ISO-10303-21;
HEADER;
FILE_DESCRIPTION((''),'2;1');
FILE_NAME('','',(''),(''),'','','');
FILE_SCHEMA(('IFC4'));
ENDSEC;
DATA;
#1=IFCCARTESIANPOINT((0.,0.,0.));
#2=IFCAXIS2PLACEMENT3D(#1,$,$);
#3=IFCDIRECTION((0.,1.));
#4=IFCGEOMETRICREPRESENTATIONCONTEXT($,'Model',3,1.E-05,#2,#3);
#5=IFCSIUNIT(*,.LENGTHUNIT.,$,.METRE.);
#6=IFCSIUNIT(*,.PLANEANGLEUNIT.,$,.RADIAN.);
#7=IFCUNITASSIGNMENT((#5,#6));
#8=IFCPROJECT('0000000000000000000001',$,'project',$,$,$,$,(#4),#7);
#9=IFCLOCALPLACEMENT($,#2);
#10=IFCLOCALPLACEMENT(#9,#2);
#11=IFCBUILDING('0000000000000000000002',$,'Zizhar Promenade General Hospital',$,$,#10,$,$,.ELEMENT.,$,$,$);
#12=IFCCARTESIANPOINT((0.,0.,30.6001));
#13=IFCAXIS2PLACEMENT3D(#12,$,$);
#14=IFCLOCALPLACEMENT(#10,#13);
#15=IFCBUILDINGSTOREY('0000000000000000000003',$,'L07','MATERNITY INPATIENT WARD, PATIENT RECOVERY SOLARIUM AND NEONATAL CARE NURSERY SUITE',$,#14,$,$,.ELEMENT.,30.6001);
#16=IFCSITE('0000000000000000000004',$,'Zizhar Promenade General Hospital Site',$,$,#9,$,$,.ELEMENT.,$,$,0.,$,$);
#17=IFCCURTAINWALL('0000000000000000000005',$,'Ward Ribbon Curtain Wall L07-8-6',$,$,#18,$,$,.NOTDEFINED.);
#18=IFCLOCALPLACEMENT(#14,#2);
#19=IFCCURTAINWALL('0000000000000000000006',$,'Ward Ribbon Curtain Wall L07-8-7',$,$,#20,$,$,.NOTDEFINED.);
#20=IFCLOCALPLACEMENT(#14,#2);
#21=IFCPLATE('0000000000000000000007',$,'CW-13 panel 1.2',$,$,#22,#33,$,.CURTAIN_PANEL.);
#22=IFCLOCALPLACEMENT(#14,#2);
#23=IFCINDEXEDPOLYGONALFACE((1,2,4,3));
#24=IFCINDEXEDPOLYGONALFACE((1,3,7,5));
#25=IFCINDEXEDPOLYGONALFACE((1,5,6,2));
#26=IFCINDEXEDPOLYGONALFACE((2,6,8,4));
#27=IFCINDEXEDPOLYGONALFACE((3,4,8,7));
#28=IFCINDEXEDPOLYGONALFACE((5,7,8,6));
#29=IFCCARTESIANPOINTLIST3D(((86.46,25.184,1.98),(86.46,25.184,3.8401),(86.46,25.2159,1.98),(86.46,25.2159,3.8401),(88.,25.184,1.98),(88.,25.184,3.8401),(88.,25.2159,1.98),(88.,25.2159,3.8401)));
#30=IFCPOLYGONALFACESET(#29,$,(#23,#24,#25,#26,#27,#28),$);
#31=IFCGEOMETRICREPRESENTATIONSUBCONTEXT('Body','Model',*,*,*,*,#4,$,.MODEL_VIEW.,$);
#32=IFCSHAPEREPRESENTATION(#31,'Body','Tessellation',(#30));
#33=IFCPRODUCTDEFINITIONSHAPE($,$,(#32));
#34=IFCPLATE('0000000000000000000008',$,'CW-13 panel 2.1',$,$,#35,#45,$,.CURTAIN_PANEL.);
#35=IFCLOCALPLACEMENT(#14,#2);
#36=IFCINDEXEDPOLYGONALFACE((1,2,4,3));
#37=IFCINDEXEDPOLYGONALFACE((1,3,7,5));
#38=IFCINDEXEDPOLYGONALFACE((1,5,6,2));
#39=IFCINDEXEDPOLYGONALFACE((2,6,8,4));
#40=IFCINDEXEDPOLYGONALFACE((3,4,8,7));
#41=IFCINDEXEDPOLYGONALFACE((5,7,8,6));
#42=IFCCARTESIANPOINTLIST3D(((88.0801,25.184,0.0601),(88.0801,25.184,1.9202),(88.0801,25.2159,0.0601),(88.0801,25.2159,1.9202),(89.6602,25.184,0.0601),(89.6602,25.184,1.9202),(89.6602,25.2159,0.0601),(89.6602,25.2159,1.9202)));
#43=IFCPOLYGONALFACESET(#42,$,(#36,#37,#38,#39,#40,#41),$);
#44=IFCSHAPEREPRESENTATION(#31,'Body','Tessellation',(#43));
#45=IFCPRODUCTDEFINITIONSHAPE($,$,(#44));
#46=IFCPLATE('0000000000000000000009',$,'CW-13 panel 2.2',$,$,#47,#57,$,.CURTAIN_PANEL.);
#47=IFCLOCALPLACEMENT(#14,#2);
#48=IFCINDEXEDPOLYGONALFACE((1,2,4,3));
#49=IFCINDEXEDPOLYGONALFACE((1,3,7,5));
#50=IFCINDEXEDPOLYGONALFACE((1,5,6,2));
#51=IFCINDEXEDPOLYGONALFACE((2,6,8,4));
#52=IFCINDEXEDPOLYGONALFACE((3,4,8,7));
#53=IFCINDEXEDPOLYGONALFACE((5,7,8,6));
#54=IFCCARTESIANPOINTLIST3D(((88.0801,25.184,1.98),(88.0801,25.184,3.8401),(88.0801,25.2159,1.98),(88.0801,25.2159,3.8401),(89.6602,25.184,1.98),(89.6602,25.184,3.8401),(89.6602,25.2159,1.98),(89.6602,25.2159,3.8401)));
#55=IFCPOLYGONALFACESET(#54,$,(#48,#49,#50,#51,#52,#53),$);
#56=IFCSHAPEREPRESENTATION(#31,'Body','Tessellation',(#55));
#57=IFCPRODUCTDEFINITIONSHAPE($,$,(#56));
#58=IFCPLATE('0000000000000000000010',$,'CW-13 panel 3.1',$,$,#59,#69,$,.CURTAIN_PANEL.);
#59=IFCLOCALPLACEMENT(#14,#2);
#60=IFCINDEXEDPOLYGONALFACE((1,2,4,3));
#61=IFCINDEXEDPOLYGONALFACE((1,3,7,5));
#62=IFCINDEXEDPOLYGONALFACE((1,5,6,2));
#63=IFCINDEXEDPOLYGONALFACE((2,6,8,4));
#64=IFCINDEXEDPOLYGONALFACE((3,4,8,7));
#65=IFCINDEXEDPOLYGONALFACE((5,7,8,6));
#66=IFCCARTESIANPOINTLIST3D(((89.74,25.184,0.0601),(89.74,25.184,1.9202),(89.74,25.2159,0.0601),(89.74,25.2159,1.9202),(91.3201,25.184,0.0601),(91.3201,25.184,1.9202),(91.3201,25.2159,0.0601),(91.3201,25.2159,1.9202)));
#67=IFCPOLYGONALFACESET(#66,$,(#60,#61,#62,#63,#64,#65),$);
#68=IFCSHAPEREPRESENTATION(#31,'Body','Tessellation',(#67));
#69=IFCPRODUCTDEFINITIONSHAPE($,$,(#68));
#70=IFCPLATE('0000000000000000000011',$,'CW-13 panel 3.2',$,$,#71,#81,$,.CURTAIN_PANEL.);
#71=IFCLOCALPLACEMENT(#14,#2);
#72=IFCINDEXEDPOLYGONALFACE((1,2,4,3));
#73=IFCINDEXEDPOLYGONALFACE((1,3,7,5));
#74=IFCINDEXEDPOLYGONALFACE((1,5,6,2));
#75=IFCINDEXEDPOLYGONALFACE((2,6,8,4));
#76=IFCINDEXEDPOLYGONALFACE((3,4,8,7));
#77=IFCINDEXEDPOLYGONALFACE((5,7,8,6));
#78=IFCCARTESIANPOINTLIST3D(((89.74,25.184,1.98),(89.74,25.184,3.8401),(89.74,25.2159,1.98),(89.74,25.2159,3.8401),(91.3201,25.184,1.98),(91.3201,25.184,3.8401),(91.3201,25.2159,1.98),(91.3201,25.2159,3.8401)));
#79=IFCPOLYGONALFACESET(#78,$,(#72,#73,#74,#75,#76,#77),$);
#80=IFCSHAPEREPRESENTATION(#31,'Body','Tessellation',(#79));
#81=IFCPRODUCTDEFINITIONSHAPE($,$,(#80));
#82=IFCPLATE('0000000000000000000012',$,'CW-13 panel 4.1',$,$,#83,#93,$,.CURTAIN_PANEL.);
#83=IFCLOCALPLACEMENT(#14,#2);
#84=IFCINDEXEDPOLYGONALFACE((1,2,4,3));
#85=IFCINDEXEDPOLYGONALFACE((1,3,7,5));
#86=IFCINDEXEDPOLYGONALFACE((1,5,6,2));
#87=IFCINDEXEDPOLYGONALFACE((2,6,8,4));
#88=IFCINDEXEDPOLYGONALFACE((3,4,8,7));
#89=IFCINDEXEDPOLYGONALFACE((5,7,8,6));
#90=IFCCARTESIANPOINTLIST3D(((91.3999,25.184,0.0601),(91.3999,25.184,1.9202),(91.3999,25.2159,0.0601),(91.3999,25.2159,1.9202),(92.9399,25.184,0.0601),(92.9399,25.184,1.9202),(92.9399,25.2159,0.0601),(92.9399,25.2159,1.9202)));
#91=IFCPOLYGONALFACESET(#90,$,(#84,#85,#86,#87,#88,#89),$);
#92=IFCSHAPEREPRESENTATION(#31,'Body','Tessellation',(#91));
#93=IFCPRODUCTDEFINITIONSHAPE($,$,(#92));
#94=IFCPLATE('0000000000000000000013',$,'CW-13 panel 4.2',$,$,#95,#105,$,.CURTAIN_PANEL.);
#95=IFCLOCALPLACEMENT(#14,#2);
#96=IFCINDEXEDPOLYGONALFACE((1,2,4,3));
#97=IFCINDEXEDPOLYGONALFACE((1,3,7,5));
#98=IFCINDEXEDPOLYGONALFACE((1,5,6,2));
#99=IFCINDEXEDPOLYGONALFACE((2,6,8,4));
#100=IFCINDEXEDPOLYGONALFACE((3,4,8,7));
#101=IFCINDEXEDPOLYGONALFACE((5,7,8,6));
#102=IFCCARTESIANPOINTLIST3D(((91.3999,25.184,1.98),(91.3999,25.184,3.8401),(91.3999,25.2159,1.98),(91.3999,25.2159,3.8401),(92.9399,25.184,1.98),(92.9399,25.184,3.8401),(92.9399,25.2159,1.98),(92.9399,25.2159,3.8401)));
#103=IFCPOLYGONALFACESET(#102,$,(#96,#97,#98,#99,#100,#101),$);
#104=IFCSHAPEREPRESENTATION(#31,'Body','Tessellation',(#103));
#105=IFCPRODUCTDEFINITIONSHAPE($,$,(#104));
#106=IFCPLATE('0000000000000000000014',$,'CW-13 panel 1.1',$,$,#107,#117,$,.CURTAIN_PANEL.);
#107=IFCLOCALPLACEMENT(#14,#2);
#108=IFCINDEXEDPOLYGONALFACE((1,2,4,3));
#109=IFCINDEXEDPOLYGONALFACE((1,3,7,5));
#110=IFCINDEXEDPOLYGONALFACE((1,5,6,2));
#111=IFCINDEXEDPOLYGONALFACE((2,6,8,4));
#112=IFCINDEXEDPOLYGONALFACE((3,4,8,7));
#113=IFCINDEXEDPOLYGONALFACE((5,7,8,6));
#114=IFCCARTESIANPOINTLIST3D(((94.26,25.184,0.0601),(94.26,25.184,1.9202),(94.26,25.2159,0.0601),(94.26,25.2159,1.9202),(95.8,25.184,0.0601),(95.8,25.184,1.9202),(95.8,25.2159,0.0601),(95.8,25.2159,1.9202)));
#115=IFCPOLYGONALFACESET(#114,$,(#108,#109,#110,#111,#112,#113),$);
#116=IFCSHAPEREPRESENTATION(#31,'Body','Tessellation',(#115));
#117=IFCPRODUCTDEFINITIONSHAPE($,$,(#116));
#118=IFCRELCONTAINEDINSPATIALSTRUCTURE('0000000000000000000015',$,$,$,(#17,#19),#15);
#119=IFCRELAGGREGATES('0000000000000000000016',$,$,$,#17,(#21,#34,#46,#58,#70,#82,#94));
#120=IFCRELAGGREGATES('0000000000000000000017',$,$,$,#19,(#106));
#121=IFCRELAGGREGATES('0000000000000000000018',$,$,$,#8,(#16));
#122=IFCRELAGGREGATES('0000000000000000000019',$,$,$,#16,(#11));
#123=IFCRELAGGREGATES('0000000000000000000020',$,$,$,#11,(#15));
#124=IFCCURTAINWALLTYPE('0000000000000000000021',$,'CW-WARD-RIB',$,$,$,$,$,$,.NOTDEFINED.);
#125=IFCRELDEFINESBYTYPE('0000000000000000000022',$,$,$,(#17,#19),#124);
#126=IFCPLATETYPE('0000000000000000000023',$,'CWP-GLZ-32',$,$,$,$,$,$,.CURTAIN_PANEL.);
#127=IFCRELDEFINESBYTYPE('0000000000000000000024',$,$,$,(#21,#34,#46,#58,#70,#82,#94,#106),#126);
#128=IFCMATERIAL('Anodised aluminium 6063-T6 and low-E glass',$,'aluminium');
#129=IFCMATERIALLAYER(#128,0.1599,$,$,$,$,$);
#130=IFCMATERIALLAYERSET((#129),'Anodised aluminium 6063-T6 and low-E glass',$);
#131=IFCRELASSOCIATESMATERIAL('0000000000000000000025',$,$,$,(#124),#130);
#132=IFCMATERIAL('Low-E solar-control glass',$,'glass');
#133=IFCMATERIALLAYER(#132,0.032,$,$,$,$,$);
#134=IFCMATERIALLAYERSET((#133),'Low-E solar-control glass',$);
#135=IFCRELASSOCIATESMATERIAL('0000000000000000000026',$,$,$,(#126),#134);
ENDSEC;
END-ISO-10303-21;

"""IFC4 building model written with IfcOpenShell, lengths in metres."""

from ifc_helpers import new_model, si_unit, direction, frame, origin, origin_2d, place, context, subcontext, project, spatial, rectangle, extrude, material, layer, layer_set, type_object, element, aggregate, save


model = new_model("IFC4")

# Units and contexts
model_context = context("Model", 3, precision=1e-05, world=origin(), true_north=direction((0.0, 1.0)))
body_context = subcontext(model_context, "Body", "Model", "MODEL_VIEW")
ifc_project = project(units=[si_unit("LENGTHUNIT", "METRE"), si_unit("PLANEANGLEUNIT", "RADIAN")], contexts=[model_context])

# Site, building, storey
site_placement = place(None, origin())
site = spatial("IfcSite", under=ifc_project, at=site_placement, Name="Zizhar Promenade General Hospital Site", CompositionType="ELEMENT", RefElevation=0.0)
building_placement = place(site_placement, origin())
building = spatial("IfcBuilding", under=site, at=building_placement, Name="Zizhar Promenade General Hospital", CompositionType="ELEMENT")
storey_placement = place(building_placement, frame((0.0, 0.0, 30.6001)))
storey = spatial("IfcBuildingStorey", under=building, at=storey_placement, Name="L07", Description="MATERNITY INPATIENT WARD, PATIENT RECOVERY SOLARIUM AND NEONATAL CARE NURSERY SUITE", CompositionType="ELEMENT", Elevation=30.6001)

# Curtain wall
ifc_material_1 = material(Name="Anodised aluminium 6063-T6 and low-E glass", Category="aluminium")
ifc_layer_1 = layer(ifc_material_1, 0.1599)
ifc_layer_set_1 = layer_set([ifc_layer_1], Name="Anodised aluminium 6063-T6 and low-E glass")
curtain_wall_type = type_object("IfcCurtainWallType", Name="CW-WARD-RIB", PredefinedType="NOTDEFINED", material=ifc_layer_set_1)
curtain_wall_1_placement = place(storey_placement, origin())
curtain_wall_1 = element("IfcCurtainWall", 1, at=curtain_wall_1_placement, inside=storey, type_object=curtain_wall_type, Name="Ward Ribbon Curtain Wall L07-8-6", PredefinedType="NOTDEFINED")

# Curtain wall
curtain_wall_2_placement = place(storey_placement, origin())
curtain_wall_2 = element("IfcCurtainWall", 2, at=curtain_wall_2_placement, inside=storey, type_object=curtain_wall_type, Name="Ward Ribbon Curtain Wall L07-8-7", PredefinedType="NOTDEFINED")

# Plates
ifc_material_2 = material(Name="Low-E solar-control glass", Category="glass")
ifc_layer_2 = layer(ifc_material_2, 0.032)
ifc_layer_set_2 = layer_set([ifc_layer_2], Name="Low-E solar-control glass")
plate_type = type_object("IfcPlateType", Name="CWP-GLZ-32", PredefinedType="CURTAIN_PANEL", material=ifc_layer_set_2)
plate_1_placement = place(storey_placement, frame((87.23, 25.2, 1.98), z_axis=(0.0, 0.0, 1.0), x_axis=(1.0, 0.0, 0.0)))
plate_1 = element("IfcPlate", 3, at=plate_1_placement, type_object=plate_type, Name="CW-13 panel 1.2", PredefinedType="CURTAIN_PANEL", context=body_context, shape_type="SweptSolid", body=[
    extrude(rectangle(XDim=1.54, YDim=0.032, at=origin_2d()), origin(), (0.0, 0.0, 1.0), 1.8601),
])
plate_2_placement = place(storey_placement, frame((88.8701, 25.2, 0.0601), z_axis=(0.0, 0.0, 1.0), x_axis=(1.0, 0.0, 0.0)))
plate_2 = element("IfcPlate", 4, at=plate_2_placement, type_object=plate_type, Name="CW-13 panel 2.1", PredefinedType="CURTAIN_PANEL", context=body_context, shape_type="SweptSolid", body=[
    extrude(rectangle(XDim=1.5801, YDim=0.032, at=origin_2d()), origin(), (0.0, 0.0, 1.0), 1.8601),
])
plate_3_placement = place(storey_placement, frame((88.8701, 25.2, 1.98), z_axis=(0.0, 0.0, 1.0), x_axis=(1.0, 0.0, 0.0)))
plate_3 = element("IfcPlate", 5, at=plate_3_placement, type_object=plate_type, Name="CW-13 panel 2.2", PredefinedType="CURTAIN_PANEL", context=body_context, shape_type="SweptSolid", body=[
    extrude(rectangle(XDim=1.5801, YDim=0.032, at=origin_2d()), origin(), (0.0, 0.0, 1.0), 1.8601),
])
plate_4_placement = place(storey_placement, frame((90.53, 25.2, 0.0601), z_axis=(0.0, 0.0, 1.0), x_axis=(1.0, 0.0, 0.0)))
plate_4 = element("IfcPlate", 6, at=plate_4_placement, type_object=plate_type, Name="CW-13 panel 3.1", PredefinedType="CURTAIN_PANEL", context=body_context, shape_type="SweptSolid", body=[
    extrude(rectangle(XDim=1.5801, YDim=0.032, at=origin_2d()), origin(), (0.0, 0.0, 1.0), 1.8601),
])
plate_5_placement = place(storey_placement, frame((90.53, 25.2, 1.98), z_axis=(0.0, 0.0, 1.0), x_axis=(1.0, 0.0, 0.0)))
plate_5 = element("IfcPlate", 7, at=plate_5_placement, type_object=plate_type, Name="CW-13 panel 3.2", PredefinedType="CURTAIN_PANEL", context=body_context, shape_type="SweptSolid", body=[
    extrude(rectangle(XDim=1.5801, YDim=0.032, at=origin_2d()), origin(), (0.0, 0.0, 1.0), 1.8601),
])
plate_6_placement = place(storey_placement, frame((92.1699, 25.2, 0.0601), z_axis=(0.0, 0.0, 1.0), x_axis=(1.0, 0.0, 0.0)))
plate_6 = element("IfcPlate", 8, at=plate_6_placement, type_object=plate_type, Name="CW-13 panel 4.1", PredefinedType="CURTAIN_PANEL", context=body_context, shape_type="SweptSolid", body=[
    extrude(rectangle(XDim=1.54, YDim=0.032, at=origin_2d()), origin(), (0.0, 0.0, 1.0), 1.8601),
])
plate_7_placement = place(storey_placement, frame((92.1699, 25.2, 1.98), z_axis=(0.0, 0.0, 1.0), x_axis=(1.0, 0.0, 0.0)))
plate_7 = element("IfcPlate", 9, at=plate_7_placement, type_object=plate_type, Name="CW-13 panel 4.2", PredefinedType="CURTAIN_PANEL", context=body_context, shape_type="SweptSolid", body=[
    extrude(rectangle(XDim=1.54, YDim=0.032, at=origin_2d()), origin(), (0.0, 0.0, 1.0), 1.8601),
])
aggregate(curtain_wall_1, [plate_1, plate_2, plate_3, plate_4, plate_5, plate_6, plate_7])
plate_8_placement = place(storey_placement, frame((95.03, 25.2, 0.0601), z_axis=(0.0, 0.0, 1.0), x_axis=(1.0, 0.0, 0.0)))
plate_8 = element("IfcPlate", 10, at=plate_8_placement, type_object=plate_type, Name="CW-13 panel 1.1", PredefinedType="CURTAIN_PANEL", context=body_context, shape_type="SweptSolid", body=[
    extrude(rectangle(XDim=1.54, YDim=0.032, at=origin_2d()), origin(), (0.0, 0.0, 1.0), 1.8601),
])
aggregate(curtain_wall_2, [plate_8])

save(model, "model.ifc")
